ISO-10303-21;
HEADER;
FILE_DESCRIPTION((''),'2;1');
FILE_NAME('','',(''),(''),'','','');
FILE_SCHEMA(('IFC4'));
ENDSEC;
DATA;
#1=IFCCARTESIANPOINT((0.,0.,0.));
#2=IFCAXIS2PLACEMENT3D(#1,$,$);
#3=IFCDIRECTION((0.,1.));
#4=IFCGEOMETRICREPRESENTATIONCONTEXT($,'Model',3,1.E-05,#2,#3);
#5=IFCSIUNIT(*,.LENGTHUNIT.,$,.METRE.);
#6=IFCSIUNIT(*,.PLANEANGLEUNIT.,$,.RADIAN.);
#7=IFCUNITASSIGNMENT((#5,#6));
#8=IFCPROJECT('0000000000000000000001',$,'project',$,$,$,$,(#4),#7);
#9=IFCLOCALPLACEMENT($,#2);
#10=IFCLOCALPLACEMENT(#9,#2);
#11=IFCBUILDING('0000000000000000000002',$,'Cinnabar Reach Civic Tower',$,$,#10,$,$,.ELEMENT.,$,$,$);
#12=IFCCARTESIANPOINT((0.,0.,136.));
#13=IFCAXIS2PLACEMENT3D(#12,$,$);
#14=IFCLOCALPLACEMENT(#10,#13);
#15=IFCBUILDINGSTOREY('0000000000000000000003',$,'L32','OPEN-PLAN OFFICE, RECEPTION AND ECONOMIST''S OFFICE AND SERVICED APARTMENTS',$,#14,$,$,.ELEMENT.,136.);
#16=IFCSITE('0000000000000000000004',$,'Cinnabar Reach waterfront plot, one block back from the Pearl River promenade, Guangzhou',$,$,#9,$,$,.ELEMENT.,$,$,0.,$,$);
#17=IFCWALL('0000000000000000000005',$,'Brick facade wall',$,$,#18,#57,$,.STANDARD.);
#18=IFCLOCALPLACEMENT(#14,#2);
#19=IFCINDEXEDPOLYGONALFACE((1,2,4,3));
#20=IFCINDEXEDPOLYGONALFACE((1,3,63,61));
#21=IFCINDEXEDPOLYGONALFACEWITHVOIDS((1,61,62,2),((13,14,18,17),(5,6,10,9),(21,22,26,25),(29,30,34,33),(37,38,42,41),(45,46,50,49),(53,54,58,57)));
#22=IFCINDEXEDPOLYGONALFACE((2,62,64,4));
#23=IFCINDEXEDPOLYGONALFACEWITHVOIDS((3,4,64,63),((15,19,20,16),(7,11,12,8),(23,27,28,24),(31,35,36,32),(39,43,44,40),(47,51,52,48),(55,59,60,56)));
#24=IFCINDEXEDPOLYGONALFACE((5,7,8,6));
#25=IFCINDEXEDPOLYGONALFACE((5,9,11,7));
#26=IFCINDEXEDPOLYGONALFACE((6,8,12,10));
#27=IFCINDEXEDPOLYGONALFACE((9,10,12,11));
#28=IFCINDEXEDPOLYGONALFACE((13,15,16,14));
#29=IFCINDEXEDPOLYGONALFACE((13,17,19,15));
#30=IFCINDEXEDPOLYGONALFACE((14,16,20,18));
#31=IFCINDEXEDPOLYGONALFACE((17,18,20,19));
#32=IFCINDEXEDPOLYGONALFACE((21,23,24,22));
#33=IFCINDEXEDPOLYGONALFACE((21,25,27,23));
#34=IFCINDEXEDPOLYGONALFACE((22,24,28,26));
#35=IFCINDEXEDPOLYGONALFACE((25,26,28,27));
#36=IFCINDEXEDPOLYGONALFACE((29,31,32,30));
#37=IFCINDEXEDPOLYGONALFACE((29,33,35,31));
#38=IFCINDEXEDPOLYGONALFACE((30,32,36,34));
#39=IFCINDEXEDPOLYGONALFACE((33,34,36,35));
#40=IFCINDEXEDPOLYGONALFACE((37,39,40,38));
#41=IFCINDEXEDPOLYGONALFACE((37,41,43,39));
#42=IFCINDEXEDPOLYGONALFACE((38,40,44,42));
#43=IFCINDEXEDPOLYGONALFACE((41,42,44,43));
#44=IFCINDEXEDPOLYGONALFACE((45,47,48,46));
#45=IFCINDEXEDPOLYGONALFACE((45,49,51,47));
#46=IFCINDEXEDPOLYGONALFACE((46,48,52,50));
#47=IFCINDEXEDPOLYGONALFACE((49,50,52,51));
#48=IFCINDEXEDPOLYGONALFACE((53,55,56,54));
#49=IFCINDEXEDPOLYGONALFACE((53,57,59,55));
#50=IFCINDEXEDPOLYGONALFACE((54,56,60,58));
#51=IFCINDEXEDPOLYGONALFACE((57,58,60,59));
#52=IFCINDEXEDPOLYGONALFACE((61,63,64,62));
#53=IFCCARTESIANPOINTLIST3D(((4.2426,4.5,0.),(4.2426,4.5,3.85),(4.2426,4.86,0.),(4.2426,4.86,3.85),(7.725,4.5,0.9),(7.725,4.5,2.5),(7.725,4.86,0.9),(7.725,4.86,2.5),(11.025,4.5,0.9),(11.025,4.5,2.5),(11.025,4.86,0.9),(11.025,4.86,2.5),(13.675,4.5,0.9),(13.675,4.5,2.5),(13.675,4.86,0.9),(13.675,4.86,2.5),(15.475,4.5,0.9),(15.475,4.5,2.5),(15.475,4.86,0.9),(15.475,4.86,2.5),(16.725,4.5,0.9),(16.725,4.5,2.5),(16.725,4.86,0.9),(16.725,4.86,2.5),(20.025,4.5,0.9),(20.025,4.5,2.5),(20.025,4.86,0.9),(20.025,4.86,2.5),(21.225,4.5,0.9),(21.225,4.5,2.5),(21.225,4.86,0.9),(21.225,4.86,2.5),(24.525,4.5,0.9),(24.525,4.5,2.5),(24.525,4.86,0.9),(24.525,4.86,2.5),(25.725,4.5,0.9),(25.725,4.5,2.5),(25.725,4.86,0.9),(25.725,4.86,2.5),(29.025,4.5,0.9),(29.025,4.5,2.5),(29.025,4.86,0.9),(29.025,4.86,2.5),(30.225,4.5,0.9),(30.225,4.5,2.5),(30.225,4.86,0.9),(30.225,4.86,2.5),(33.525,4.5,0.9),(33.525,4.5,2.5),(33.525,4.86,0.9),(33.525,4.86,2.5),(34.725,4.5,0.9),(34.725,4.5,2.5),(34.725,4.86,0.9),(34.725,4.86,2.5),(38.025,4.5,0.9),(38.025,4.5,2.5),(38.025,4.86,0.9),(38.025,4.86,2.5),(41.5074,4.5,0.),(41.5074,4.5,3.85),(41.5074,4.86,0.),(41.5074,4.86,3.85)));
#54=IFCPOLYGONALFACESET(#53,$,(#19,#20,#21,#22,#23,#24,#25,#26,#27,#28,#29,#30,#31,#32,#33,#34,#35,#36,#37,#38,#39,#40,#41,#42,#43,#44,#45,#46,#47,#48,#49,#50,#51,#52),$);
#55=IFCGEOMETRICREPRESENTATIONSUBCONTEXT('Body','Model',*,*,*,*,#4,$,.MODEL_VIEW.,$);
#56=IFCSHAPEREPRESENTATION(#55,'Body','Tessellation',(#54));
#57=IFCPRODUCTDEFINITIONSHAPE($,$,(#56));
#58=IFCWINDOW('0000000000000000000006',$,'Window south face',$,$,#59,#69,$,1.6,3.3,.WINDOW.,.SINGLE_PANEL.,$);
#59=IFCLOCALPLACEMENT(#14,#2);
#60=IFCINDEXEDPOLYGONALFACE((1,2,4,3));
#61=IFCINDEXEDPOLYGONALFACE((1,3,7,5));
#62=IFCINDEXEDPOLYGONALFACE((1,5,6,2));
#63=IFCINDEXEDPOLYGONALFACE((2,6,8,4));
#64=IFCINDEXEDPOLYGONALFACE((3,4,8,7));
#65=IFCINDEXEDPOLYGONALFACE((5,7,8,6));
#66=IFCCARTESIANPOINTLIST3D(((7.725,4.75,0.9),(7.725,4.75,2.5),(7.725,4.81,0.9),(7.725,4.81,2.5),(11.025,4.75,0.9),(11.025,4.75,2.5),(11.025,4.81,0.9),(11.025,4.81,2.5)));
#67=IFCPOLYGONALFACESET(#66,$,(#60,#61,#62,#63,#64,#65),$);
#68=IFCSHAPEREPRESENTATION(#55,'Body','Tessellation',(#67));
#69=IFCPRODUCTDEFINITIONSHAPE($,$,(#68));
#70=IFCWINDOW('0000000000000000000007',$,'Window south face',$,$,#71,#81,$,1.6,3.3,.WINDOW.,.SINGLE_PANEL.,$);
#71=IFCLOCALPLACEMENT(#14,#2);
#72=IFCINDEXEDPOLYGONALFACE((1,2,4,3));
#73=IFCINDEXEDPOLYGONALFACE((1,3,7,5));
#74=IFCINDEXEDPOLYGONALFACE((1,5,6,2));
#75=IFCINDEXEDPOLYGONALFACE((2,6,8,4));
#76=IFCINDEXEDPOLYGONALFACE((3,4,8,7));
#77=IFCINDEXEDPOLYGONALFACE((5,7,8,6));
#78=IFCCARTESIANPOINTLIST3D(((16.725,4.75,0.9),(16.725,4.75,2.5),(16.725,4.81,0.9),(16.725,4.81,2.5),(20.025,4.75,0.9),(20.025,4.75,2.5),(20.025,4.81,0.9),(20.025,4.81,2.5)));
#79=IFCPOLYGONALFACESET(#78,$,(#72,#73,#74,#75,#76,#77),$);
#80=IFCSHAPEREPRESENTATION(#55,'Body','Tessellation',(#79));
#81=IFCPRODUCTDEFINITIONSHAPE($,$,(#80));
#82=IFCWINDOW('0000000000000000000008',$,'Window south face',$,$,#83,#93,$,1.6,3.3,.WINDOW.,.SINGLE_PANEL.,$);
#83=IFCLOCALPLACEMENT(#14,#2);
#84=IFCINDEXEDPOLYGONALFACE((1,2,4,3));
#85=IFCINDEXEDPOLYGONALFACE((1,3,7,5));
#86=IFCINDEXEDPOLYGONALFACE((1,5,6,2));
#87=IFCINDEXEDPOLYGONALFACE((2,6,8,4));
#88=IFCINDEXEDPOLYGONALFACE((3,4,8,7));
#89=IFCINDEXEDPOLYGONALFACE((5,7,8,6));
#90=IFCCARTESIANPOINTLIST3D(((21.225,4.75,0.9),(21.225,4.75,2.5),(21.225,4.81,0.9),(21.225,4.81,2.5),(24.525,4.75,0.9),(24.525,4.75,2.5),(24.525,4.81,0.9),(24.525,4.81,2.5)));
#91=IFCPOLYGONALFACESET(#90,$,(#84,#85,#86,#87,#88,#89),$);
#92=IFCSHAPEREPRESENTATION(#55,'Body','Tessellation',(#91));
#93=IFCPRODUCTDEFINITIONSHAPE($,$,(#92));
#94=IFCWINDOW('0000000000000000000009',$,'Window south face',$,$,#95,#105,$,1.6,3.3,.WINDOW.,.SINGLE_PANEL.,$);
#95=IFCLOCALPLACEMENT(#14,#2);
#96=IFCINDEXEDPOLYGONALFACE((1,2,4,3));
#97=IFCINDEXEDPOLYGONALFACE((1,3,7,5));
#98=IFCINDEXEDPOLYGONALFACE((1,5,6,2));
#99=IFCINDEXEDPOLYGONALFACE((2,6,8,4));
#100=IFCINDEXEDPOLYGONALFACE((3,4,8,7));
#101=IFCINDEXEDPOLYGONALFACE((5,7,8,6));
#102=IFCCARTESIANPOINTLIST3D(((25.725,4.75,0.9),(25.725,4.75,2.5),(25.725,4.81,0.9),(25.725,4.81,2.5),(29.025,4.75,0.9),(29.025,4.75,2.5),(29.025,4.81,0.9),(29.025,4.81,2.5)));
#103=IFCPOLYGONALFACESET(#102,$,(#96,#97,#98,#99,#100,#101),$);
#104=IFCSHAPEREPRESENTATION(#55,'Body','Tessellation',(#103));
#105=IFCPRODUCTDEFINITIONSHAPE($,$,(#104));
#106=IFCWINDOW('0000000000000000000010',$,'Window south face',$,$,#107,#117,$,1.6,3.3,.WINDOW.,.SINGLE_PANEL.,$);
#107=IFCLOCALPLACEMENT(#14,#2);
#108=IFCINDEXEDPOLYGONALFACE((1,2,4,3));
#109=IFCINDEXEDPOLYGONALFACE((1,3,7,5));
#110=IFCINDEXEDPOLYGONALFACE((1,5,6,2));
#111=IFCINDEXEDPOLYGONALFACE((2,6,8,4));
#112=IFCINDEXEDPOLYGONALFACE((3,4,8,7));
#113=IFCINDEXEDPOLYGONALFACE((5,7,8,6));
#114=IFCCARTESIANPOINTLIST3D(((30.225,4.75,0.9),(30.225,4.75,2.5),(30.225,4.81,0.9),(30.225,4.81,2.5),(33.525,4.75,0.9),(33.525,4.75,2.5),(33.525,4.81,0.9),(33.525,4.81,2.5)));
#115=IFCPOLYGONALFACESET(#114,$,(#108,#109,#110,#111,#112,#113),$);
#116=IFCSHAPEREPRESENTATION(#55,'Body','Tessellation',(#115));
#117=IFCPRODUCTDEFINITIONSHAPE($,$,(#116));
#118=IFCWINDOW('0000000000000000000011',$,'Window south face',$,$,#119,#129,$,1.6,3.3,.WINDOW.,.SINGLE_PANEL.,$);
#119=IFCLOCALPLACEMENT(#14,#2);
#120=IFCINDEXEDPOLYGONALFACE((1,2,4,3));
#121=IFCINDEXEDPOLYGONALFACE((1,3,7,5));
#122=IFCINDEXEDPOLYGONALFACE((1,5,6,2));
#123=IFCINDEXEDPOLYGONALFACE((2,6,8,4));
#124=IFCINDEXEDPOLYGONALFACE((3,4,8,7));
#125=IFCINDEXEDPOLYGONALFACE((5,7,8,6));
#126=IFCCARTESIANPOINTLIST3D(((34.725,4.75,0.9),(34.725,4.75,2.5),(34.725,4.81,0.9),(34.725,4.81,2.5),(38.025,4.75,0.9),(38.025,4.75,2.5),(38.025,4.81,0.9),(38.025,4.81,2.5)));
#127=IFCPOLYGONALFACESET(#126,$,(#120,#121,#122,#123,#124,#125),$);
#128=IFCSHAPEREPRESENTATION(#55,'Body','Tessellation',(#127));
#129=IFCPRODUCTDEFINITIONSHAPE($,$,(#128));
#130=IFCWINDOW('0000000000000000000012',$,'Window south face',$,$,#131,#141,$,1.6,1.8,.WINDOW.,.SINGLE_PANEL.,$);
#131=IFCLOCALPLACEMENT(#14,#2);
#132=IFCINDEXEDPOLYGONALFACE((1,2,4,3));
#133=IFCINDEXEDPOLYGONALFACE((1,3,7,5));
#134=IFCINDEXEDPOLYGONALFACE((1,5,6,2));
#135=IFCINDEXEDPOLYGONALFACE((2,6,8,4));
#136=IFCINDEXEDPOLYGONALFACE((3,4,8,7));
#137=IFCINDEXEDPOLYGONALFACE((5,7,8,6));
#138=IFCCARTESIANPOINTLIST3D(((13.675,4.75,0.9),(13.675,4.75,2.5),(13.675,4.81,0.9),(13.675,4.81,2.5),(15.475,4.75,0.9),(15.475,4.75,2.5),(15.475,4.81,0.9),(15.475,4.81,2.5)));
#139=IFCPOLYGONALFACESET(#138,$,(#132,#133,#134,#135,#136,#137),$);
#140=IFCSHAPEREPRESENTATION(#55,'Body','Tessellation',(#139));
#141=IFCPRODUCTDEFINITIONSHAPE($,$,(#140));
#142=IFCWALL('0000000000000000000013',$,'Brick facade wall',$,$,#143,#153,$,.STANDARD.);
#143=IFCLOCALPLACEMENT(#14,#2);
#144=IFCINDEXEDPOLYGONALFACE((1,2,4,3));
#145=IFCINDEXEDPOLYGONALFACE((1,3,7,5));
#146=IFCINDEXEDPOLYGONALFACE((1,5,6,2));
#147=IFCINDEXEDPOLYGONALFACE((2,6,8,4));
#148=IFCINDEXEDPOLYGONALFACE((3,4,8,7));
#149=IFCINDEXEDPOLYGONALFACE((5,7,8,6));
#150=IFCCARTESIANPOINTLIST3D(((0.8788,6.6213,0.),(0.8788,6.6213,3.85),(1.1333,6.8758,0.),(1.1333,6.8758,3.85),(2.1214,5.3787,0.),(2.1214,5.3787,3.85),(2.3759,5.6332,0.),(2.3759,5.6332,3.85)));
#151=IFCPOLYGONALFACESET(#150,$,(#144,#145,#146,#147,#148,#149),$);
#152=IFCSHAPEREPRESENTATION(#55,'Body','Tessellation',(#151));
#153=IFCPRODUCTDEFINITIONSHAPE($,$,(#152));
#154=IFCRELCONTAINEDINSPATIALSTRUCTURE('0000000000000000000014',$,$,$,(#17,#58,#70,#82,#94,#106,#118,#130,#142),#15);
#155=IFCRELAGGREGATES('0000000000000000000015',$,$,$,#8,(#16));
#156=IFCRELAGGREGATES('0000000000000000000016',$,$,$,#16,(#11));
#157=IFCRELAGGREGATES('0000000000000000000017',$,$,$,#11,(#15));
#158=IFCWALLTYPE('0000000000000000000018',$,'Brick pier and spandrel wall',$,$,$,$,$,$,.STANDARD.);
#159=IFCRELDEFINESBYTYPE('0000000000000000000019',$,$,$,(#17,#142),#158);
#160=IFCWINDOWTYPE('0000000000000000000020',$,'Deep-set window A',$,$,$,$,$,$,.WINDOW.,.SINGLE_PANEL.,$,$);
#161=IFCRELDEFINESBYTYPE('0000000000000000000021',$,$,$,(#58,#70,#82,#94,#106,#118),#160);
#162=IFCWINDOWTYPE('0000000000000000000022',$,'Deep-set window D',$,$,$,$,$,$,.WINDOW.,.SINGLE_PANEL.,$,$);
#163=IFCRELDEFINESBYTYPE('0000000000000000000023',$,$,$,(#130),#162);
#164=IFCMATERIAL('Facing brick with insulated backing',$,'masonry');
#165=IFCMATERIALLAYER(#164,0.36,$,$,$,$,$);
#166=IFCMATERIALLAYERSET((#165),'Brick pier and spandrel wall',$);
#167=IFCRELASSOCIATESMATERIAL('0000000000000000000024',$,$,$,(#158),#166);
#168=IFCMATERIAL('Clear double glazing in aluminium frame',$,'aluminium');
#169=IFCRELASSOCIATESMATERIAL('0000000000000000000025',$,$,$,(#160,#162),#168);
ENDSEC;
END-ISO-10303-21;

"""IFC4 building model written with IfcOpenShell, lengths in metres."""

from ifc_helpers import new_model, si_unit, direction, frame, frame_2d, origin, place, context, subcontext, project, spatial, rectangle, extrude, material, layer, layer_set, type_object, element, fill, save


model = new_model("IFC4")

# Units and contexts
model_context = context("Model", 3, precision=1e-05, world=origin(), true_north=direction((0.0, 1.0)))
body_context = subcontext(model_context, "Body", "Model", "MODEL_VIEW")
ifc_project = project(units=[si_unit("LENGTHUNIT", "METRE"), si_unit("PLANEANGLEUNIT", "RADIAN")], contexts=[model_context])

# Site, building, storey
site_placement = place(None, origin())
site = spatial("IfcSite", under=ifc_project, at=site_placement, Name="Cinnabar Reach waterfront plot, one block back from the Pearl River promenade, Guangzhou", CompositionType="ELEMENT", RefElevation=0.0)
building_placement = place(site_placement, origin())
building = spatial("IfcBuilding", under=site, at=building_placement, Name="Cinnabar Reach Civic Tower", CompositionType="ELEMENT")
storey_placement = place(building_placement, frame((0.0, 0.0, 136.0)))
storey = spatial("IfcBuildingStorey", under=building, at=storey_placement, Name="L32", Description="OPEN-PLAN OFFICE, RECEPTION AND ECONOMIST'S OFFICE AND SERVICED APARTMENTS", CompositionType="ELEMENT", Elevation=136.0)

# Shared definitions
ifc_material_1 = material(Name="Facing brick with insulated backing", Category="masonry")

# Wall, openings, windows
ifc_layer_1 = layer(ifc_material_1, 0.36)
ifc_layer_set_1 = layer_set([ifc_layer_1], Name="Brick pier and spandrel wall")
wall_type_1 = type_object("IfcWallType", Name="Brick pier and spandrel wall", PredefinedType="STANDARD", material=ifc_layer_set_1)
wall_1_placement = place(storey_placement, frame((4.2426, 4.68, 0.0), z_axis=(0.0, 0.0, 1.0), x_axis=(1.0, 0.0, 0.0)))
wall_1 = element("IfcWall", 1, at=wall_1_placement, inside=storey, type_object=wall_type_1, Name="Brick facade wall", PredefinedType="STANDARD", context=body_context, shape_type="SweptSolid", body=[
    extrude(rectangle(XDim=37.2648, YDim=0.36, at=frame_2d((18.6324, 0.0))), origin(), (0.0, 0.0, 1.0), 3.85),
])
opening_1_placement = place(wall_1_placement, frame((3.4824, 0.0, 0.9)))
opening_1 = element("IfcOpeningElement", 2, at=opening_1_placement, cuts=wall_1, PredefinedType="OPENING", context=body_context, shape_type="SweptSolid", body=[
    extrude(rectangle(XDim=3.3, YDim=1.6, at=frame_2d((1.65, 0.8))), frame((0.0, 0.19, 0.0), z_axis=(0.0, -1.0, 0.0), x_axis=(1.0, 0.0, 0.0)), (0.0, 0.0, 1.0), 0.38),
])
opening_2_placement = place(wall_1_placement, frame((9.4324, 0.0, 0.9)))
opening_2 = element("IfcOpeningElement", 3, at=opening_2_placement, cuts=wall_1, PredefinedType="OPENING", context=body_context, shape_type="SweptSolid", body=[
    extrude(rectangle(XDim=1.8, YDim=1.6, at=frame_2d((0.9, 0.8))), frame((0.0, 0.19, 0.0), z_axis=(0.0, -1.0, 0.0), x_axis=(1.0, 0.0, 0.0)), (0.0, 0.0, 1.0), 0.38),
])
opening_3_placement = place(wall_1_placement, frame((12.4824, 0.0, 0.9)))
opening_3 = element("IfcOpeningElement", 4, at=opening_3_placement, cuts=wall_1, PredefinedType="OPENING", context=body_context, shape_type="SweptSolid", body=[
    extrude(rectangle(XDim=3.3, YDim=1.6, at=frame_2d((1.65, 0.8))), frame((0.0, 0.19, 0.0), z_axis=(0.0, -1.0, 0.0), x_axis=(1.0, 0.0, 0.0)), (0.0, 0.0, 1.0), 0.38),
])
opening_4_placement = place(wall_1_placement, frame((16.9824, 0.0, 0.9)))
opening_4 = element("IfcOpeningElement", 5, at=opening_4_placement, cuts=wall_1, PredefinedType="OPENING", context=body_context, shape_type="SweptSolid", body=[
    extrude(rectangle(XDim=3.3, YDim=1.6, at=frame_2d((1.65, 0.8))), frame((0.0, 0.19, 0.0), z_axis=(0.0, -1.0, 0.0), x_axis=(1.0, 0.0, 0.0)), (0.0, 0.0, 1.0), 0.38),
])
opening_5_placement = place(wall_1_placement, frame((21.4824, 0.0, 0.9)))
opening_5 = element("IfcOpeningElement", 6, at=opening_5_placement, cuts=wall_1, PredefinedType="OPENING", context=body_context, shape_type="SweptSolid", body=[
    extrude(rectangle(XDim=3.3, YDim=1.6, at=frame_2d((1.65, 0.8))), frame((0.0, 0.19, 0.0), z_axis=(0.0, -1.0, 0.0), x_axis=(1.0, 0.0, 0.0)), (0.0, 0.0, 1.0), 0.38),
])
opening_6_placement = place(wall_1_placement, frame((25.9824, 0.0, 0.9)))
opening_6 = element("IfcOpeningElement", 7, at=opening_6_placement, cuts=wall_1, PredefinedType="OPENING", context=body_context, shape_type="SweptSolid", body=[
    extrude(rectangle(XDim=3.3, YDim=1.6, at=frame_2d((1.65, 0.8))), frame((0.0, 0.19, 0.0), z_axis=(0.0, -1.0, 0.0), x_axis=(1.0, 0.0, 0.0)), (0.0, 0.0, 1.0), 0.38),
])
opening_7_placement = place(wall_1_placement, frame((30.4824, 0.0, 0.9)))
opening_7 = element("IfcOpeningElement", 8, at=opening_7_placement, cuts=wall_1, PredefinedType="OPENING", context=body_context, shape_type="SweptSolid", body=[
    extrude(rectangle(XDim=3.3, YDim=1.6, at=frame_2d((1.65, 0.8))), frame((0.0, 0.19, 0.0), z_axis=(0.0, -1.0, 0.0), x_axis=(1.0, 0.0, 0.0)), (0.0, 0.0, 1.0), 0.38),
])
ifc_material_2 = material(Name="Clear double glazing in aluminium frame", Category="aluminium")
window_type_1 = type_object("IfcWindowType", Name="Deep-set window A", PartitioningType="SINGLE_PANEL", PredefinedType="WINDOW", material=ifc_material_2)
window_1_placement = place(opening_1_placement, origin())
window_1 = element("IfcWindow", 9, at=window_1_placement, inside=storey, type_object=window_type_1, Name="Window south face", OverallHeight=1.6, OverallWidth=3.3, PartitioningType="SINGLE_PANEL", PredefinedType="WINDOW", context=body_context, shape_type="SweptSolid", body=[
    extrude(rectangle(XDim=3.3, YDim=1.6, at=frame_2d((1.65, 0.8))), frame((0.0, 0.13, 0.0), z_axis=(0.0, -1.0, 0.0), x_axis=(1.0, 0.0, 0.0)), (0.0, 0.0, 1.0), 0.06),
])
fill(opening_1, window_1)
window_2_placement = place(opening_3_placement, origin())
window_2 = element("IfcWindow", 10, at=window_2_placement, inside=storey, type_object=window_type_1, Name="Window south face", OverallHeight=1.6, OverallWidth=3.3, PartitioningType="SINGLE_PANEL", PredefinedType="WINDOW", context=body_context, shape_type="SweptSolid", body=[
    extrude(rectangle(XDim=3.3, YDim=1.6, at=frame_2d((1.65, 0.8))), frame((0.0, 0.13, 0.0), z_axis=(0.0, -1.0, 0.0), x_axis=(1.0, 0.0, 0.0)), (0.0, 0.0, 1.0), 0.06),
])
fill(opening_3, window_2)
window_3_placement = place(opening_4_placement, origin())
window_3 = element("IfcWindow", 11, at=window_3_placement, inside=storey, type_object=window_type_1, Name="Window south face", OverallHeight=1.6, OverallWidth=3.3, PartitioningType="SINGLE_PANEL", PredefinedType="WINDOW", context=body_context, shape_type="SweptSolid", body=[
    extrude(rectangle(XDim=3.3, YDim=1.6, at=frame_2d((1.65, 0.8))), frame((0.0, 0.13, 0.0), z_axis=(0.0, -1.0, 0.0), x_axis=(1.0, 0.0, 0.0)), (0.0, 0.0, 1.0), 0.06),
])
fill(opening_4, window_3)
window_4_placement = place(opening_5_placement, origin())
window_4 = element("IfcWindow", 12, at=window_4_placement, inside=storey, type_object=window_type_1, Name="Window south face", OverallHeight=1.6, OverallWidth=3.3, PartitioningType="SINGLE_PANEL", PredefinedType="WINDOW", context=body_context, shape_type="SweptSolid", body=[
    extrude(rectangle(XDim=3.3, YDim=1.6, at=frame_2d((1.65, 0.8))), frame((0.0, 0.13, 0.0), z_axis=(0.0, -1.0, 0.0), x_axis=(1.0, 0.0, 0.0)), (0.0, 0.0, 1.0), 0.06),
])
fill(opening_5, window_4)
window_5_placement = place(opening_6_placement, origin())
window_5 = element("IfcWindow", 13, at=window_5_placement, inside=storey, type_object=window_type_1, Name="Window south face", OverallHeight=1.6, OverallWidth=3.3, PartitioningType="SINGLE_PANEL", PredefinedType="WINDOW", context=body_context, shape_type="SweptSolid", body=[
    extrude(rectangle(XDim=3.3, YDim=1.6, at=frame_2d((1.65, 0.8))), frame((0.0, 0.13, 0.0), z_axis=(0.0, -1.0, 0.0), x_axis=(1.0, 0.0, 0.0)), (0.0, 0.0, 1.0), 0.06),
])
fill(opening_6, window_5)
window_6_placement = place(opening_7_placement, origin())
window_6 = element("IfcWindow", 14, at=window_6_placement, inside=storey, type_object=window_type_1, Name="Window south face", OverallHeight=1.6, OverallWidth=3.3, PartitioningType="SINGLE_PANEL", PredefinedType="WINDOW", context=body_context, shape_type="SweptSolid", body=[
    extrude(rectangle(XDim=3.3, YDim=1.6, at=frame_2d((1.65, 0.8))), frame((0.0, 0.13, 0.0), z_axis=(0.0, -1.0, 0.0), x_axis=(1.0, 0.0, 0.0)), (0.0, 0.0, 1.0), 0.06),
])
fill(opening_7, window_6)
window_type_2 = type_object("IfcWindowType", Name="Deep-set window D", PartitioningType="SINGLE_PANEL", PredefinedType="WINDOW", material=ifc_material_2)
window_7_placement = place(opening_2_placement, origin())
window_7 = element("IfcWindow", 15, at=window_7_placement, inside=storey, type_object=window_type_2, Name="Window south face", OverallHeight=1.6, OverallWidth=1.8, PartitioningType="SINGLE_PANEL", PredefinedType="WINDOW", context=body_context, shape_type="SweptSolid", body=[
    extrude(rectangle(XDim=1.8, YDim=1.6, at=frame_2d((0.9, 0.8))), frame((0.0, 0.13, 0.0), z_axis=(0.0, -1.0, 0.0), x_axis=(1.0, 0.0, 0.0)), (0.0, 0.0, 1.0), 0.06),
])
fill(opening_2, window_7)

# Wall
wall_2_placement = place(storey_placement, frame((1.006, 6.7486, 0.0), z_axis=(0.0, 0.0, 1.0), x_axis=(0.707107, -0.707107, 0.0)))
element("IfcWall", 16, at=wall_2_placement, inside=storey, type_object=wall_type_1, Name="Brick facade wall", PredefinedType="STANDARD", context=body_context, shape_type="SweptSolid", body=[
    extrude(rectangle(XDim=1.7573, YDim=0.36, at=frame_2d((0.8787, 0.0))), origin(), (0.0, 0.0, 1.0), 3.85),
])

save(model, "model.ifc")
